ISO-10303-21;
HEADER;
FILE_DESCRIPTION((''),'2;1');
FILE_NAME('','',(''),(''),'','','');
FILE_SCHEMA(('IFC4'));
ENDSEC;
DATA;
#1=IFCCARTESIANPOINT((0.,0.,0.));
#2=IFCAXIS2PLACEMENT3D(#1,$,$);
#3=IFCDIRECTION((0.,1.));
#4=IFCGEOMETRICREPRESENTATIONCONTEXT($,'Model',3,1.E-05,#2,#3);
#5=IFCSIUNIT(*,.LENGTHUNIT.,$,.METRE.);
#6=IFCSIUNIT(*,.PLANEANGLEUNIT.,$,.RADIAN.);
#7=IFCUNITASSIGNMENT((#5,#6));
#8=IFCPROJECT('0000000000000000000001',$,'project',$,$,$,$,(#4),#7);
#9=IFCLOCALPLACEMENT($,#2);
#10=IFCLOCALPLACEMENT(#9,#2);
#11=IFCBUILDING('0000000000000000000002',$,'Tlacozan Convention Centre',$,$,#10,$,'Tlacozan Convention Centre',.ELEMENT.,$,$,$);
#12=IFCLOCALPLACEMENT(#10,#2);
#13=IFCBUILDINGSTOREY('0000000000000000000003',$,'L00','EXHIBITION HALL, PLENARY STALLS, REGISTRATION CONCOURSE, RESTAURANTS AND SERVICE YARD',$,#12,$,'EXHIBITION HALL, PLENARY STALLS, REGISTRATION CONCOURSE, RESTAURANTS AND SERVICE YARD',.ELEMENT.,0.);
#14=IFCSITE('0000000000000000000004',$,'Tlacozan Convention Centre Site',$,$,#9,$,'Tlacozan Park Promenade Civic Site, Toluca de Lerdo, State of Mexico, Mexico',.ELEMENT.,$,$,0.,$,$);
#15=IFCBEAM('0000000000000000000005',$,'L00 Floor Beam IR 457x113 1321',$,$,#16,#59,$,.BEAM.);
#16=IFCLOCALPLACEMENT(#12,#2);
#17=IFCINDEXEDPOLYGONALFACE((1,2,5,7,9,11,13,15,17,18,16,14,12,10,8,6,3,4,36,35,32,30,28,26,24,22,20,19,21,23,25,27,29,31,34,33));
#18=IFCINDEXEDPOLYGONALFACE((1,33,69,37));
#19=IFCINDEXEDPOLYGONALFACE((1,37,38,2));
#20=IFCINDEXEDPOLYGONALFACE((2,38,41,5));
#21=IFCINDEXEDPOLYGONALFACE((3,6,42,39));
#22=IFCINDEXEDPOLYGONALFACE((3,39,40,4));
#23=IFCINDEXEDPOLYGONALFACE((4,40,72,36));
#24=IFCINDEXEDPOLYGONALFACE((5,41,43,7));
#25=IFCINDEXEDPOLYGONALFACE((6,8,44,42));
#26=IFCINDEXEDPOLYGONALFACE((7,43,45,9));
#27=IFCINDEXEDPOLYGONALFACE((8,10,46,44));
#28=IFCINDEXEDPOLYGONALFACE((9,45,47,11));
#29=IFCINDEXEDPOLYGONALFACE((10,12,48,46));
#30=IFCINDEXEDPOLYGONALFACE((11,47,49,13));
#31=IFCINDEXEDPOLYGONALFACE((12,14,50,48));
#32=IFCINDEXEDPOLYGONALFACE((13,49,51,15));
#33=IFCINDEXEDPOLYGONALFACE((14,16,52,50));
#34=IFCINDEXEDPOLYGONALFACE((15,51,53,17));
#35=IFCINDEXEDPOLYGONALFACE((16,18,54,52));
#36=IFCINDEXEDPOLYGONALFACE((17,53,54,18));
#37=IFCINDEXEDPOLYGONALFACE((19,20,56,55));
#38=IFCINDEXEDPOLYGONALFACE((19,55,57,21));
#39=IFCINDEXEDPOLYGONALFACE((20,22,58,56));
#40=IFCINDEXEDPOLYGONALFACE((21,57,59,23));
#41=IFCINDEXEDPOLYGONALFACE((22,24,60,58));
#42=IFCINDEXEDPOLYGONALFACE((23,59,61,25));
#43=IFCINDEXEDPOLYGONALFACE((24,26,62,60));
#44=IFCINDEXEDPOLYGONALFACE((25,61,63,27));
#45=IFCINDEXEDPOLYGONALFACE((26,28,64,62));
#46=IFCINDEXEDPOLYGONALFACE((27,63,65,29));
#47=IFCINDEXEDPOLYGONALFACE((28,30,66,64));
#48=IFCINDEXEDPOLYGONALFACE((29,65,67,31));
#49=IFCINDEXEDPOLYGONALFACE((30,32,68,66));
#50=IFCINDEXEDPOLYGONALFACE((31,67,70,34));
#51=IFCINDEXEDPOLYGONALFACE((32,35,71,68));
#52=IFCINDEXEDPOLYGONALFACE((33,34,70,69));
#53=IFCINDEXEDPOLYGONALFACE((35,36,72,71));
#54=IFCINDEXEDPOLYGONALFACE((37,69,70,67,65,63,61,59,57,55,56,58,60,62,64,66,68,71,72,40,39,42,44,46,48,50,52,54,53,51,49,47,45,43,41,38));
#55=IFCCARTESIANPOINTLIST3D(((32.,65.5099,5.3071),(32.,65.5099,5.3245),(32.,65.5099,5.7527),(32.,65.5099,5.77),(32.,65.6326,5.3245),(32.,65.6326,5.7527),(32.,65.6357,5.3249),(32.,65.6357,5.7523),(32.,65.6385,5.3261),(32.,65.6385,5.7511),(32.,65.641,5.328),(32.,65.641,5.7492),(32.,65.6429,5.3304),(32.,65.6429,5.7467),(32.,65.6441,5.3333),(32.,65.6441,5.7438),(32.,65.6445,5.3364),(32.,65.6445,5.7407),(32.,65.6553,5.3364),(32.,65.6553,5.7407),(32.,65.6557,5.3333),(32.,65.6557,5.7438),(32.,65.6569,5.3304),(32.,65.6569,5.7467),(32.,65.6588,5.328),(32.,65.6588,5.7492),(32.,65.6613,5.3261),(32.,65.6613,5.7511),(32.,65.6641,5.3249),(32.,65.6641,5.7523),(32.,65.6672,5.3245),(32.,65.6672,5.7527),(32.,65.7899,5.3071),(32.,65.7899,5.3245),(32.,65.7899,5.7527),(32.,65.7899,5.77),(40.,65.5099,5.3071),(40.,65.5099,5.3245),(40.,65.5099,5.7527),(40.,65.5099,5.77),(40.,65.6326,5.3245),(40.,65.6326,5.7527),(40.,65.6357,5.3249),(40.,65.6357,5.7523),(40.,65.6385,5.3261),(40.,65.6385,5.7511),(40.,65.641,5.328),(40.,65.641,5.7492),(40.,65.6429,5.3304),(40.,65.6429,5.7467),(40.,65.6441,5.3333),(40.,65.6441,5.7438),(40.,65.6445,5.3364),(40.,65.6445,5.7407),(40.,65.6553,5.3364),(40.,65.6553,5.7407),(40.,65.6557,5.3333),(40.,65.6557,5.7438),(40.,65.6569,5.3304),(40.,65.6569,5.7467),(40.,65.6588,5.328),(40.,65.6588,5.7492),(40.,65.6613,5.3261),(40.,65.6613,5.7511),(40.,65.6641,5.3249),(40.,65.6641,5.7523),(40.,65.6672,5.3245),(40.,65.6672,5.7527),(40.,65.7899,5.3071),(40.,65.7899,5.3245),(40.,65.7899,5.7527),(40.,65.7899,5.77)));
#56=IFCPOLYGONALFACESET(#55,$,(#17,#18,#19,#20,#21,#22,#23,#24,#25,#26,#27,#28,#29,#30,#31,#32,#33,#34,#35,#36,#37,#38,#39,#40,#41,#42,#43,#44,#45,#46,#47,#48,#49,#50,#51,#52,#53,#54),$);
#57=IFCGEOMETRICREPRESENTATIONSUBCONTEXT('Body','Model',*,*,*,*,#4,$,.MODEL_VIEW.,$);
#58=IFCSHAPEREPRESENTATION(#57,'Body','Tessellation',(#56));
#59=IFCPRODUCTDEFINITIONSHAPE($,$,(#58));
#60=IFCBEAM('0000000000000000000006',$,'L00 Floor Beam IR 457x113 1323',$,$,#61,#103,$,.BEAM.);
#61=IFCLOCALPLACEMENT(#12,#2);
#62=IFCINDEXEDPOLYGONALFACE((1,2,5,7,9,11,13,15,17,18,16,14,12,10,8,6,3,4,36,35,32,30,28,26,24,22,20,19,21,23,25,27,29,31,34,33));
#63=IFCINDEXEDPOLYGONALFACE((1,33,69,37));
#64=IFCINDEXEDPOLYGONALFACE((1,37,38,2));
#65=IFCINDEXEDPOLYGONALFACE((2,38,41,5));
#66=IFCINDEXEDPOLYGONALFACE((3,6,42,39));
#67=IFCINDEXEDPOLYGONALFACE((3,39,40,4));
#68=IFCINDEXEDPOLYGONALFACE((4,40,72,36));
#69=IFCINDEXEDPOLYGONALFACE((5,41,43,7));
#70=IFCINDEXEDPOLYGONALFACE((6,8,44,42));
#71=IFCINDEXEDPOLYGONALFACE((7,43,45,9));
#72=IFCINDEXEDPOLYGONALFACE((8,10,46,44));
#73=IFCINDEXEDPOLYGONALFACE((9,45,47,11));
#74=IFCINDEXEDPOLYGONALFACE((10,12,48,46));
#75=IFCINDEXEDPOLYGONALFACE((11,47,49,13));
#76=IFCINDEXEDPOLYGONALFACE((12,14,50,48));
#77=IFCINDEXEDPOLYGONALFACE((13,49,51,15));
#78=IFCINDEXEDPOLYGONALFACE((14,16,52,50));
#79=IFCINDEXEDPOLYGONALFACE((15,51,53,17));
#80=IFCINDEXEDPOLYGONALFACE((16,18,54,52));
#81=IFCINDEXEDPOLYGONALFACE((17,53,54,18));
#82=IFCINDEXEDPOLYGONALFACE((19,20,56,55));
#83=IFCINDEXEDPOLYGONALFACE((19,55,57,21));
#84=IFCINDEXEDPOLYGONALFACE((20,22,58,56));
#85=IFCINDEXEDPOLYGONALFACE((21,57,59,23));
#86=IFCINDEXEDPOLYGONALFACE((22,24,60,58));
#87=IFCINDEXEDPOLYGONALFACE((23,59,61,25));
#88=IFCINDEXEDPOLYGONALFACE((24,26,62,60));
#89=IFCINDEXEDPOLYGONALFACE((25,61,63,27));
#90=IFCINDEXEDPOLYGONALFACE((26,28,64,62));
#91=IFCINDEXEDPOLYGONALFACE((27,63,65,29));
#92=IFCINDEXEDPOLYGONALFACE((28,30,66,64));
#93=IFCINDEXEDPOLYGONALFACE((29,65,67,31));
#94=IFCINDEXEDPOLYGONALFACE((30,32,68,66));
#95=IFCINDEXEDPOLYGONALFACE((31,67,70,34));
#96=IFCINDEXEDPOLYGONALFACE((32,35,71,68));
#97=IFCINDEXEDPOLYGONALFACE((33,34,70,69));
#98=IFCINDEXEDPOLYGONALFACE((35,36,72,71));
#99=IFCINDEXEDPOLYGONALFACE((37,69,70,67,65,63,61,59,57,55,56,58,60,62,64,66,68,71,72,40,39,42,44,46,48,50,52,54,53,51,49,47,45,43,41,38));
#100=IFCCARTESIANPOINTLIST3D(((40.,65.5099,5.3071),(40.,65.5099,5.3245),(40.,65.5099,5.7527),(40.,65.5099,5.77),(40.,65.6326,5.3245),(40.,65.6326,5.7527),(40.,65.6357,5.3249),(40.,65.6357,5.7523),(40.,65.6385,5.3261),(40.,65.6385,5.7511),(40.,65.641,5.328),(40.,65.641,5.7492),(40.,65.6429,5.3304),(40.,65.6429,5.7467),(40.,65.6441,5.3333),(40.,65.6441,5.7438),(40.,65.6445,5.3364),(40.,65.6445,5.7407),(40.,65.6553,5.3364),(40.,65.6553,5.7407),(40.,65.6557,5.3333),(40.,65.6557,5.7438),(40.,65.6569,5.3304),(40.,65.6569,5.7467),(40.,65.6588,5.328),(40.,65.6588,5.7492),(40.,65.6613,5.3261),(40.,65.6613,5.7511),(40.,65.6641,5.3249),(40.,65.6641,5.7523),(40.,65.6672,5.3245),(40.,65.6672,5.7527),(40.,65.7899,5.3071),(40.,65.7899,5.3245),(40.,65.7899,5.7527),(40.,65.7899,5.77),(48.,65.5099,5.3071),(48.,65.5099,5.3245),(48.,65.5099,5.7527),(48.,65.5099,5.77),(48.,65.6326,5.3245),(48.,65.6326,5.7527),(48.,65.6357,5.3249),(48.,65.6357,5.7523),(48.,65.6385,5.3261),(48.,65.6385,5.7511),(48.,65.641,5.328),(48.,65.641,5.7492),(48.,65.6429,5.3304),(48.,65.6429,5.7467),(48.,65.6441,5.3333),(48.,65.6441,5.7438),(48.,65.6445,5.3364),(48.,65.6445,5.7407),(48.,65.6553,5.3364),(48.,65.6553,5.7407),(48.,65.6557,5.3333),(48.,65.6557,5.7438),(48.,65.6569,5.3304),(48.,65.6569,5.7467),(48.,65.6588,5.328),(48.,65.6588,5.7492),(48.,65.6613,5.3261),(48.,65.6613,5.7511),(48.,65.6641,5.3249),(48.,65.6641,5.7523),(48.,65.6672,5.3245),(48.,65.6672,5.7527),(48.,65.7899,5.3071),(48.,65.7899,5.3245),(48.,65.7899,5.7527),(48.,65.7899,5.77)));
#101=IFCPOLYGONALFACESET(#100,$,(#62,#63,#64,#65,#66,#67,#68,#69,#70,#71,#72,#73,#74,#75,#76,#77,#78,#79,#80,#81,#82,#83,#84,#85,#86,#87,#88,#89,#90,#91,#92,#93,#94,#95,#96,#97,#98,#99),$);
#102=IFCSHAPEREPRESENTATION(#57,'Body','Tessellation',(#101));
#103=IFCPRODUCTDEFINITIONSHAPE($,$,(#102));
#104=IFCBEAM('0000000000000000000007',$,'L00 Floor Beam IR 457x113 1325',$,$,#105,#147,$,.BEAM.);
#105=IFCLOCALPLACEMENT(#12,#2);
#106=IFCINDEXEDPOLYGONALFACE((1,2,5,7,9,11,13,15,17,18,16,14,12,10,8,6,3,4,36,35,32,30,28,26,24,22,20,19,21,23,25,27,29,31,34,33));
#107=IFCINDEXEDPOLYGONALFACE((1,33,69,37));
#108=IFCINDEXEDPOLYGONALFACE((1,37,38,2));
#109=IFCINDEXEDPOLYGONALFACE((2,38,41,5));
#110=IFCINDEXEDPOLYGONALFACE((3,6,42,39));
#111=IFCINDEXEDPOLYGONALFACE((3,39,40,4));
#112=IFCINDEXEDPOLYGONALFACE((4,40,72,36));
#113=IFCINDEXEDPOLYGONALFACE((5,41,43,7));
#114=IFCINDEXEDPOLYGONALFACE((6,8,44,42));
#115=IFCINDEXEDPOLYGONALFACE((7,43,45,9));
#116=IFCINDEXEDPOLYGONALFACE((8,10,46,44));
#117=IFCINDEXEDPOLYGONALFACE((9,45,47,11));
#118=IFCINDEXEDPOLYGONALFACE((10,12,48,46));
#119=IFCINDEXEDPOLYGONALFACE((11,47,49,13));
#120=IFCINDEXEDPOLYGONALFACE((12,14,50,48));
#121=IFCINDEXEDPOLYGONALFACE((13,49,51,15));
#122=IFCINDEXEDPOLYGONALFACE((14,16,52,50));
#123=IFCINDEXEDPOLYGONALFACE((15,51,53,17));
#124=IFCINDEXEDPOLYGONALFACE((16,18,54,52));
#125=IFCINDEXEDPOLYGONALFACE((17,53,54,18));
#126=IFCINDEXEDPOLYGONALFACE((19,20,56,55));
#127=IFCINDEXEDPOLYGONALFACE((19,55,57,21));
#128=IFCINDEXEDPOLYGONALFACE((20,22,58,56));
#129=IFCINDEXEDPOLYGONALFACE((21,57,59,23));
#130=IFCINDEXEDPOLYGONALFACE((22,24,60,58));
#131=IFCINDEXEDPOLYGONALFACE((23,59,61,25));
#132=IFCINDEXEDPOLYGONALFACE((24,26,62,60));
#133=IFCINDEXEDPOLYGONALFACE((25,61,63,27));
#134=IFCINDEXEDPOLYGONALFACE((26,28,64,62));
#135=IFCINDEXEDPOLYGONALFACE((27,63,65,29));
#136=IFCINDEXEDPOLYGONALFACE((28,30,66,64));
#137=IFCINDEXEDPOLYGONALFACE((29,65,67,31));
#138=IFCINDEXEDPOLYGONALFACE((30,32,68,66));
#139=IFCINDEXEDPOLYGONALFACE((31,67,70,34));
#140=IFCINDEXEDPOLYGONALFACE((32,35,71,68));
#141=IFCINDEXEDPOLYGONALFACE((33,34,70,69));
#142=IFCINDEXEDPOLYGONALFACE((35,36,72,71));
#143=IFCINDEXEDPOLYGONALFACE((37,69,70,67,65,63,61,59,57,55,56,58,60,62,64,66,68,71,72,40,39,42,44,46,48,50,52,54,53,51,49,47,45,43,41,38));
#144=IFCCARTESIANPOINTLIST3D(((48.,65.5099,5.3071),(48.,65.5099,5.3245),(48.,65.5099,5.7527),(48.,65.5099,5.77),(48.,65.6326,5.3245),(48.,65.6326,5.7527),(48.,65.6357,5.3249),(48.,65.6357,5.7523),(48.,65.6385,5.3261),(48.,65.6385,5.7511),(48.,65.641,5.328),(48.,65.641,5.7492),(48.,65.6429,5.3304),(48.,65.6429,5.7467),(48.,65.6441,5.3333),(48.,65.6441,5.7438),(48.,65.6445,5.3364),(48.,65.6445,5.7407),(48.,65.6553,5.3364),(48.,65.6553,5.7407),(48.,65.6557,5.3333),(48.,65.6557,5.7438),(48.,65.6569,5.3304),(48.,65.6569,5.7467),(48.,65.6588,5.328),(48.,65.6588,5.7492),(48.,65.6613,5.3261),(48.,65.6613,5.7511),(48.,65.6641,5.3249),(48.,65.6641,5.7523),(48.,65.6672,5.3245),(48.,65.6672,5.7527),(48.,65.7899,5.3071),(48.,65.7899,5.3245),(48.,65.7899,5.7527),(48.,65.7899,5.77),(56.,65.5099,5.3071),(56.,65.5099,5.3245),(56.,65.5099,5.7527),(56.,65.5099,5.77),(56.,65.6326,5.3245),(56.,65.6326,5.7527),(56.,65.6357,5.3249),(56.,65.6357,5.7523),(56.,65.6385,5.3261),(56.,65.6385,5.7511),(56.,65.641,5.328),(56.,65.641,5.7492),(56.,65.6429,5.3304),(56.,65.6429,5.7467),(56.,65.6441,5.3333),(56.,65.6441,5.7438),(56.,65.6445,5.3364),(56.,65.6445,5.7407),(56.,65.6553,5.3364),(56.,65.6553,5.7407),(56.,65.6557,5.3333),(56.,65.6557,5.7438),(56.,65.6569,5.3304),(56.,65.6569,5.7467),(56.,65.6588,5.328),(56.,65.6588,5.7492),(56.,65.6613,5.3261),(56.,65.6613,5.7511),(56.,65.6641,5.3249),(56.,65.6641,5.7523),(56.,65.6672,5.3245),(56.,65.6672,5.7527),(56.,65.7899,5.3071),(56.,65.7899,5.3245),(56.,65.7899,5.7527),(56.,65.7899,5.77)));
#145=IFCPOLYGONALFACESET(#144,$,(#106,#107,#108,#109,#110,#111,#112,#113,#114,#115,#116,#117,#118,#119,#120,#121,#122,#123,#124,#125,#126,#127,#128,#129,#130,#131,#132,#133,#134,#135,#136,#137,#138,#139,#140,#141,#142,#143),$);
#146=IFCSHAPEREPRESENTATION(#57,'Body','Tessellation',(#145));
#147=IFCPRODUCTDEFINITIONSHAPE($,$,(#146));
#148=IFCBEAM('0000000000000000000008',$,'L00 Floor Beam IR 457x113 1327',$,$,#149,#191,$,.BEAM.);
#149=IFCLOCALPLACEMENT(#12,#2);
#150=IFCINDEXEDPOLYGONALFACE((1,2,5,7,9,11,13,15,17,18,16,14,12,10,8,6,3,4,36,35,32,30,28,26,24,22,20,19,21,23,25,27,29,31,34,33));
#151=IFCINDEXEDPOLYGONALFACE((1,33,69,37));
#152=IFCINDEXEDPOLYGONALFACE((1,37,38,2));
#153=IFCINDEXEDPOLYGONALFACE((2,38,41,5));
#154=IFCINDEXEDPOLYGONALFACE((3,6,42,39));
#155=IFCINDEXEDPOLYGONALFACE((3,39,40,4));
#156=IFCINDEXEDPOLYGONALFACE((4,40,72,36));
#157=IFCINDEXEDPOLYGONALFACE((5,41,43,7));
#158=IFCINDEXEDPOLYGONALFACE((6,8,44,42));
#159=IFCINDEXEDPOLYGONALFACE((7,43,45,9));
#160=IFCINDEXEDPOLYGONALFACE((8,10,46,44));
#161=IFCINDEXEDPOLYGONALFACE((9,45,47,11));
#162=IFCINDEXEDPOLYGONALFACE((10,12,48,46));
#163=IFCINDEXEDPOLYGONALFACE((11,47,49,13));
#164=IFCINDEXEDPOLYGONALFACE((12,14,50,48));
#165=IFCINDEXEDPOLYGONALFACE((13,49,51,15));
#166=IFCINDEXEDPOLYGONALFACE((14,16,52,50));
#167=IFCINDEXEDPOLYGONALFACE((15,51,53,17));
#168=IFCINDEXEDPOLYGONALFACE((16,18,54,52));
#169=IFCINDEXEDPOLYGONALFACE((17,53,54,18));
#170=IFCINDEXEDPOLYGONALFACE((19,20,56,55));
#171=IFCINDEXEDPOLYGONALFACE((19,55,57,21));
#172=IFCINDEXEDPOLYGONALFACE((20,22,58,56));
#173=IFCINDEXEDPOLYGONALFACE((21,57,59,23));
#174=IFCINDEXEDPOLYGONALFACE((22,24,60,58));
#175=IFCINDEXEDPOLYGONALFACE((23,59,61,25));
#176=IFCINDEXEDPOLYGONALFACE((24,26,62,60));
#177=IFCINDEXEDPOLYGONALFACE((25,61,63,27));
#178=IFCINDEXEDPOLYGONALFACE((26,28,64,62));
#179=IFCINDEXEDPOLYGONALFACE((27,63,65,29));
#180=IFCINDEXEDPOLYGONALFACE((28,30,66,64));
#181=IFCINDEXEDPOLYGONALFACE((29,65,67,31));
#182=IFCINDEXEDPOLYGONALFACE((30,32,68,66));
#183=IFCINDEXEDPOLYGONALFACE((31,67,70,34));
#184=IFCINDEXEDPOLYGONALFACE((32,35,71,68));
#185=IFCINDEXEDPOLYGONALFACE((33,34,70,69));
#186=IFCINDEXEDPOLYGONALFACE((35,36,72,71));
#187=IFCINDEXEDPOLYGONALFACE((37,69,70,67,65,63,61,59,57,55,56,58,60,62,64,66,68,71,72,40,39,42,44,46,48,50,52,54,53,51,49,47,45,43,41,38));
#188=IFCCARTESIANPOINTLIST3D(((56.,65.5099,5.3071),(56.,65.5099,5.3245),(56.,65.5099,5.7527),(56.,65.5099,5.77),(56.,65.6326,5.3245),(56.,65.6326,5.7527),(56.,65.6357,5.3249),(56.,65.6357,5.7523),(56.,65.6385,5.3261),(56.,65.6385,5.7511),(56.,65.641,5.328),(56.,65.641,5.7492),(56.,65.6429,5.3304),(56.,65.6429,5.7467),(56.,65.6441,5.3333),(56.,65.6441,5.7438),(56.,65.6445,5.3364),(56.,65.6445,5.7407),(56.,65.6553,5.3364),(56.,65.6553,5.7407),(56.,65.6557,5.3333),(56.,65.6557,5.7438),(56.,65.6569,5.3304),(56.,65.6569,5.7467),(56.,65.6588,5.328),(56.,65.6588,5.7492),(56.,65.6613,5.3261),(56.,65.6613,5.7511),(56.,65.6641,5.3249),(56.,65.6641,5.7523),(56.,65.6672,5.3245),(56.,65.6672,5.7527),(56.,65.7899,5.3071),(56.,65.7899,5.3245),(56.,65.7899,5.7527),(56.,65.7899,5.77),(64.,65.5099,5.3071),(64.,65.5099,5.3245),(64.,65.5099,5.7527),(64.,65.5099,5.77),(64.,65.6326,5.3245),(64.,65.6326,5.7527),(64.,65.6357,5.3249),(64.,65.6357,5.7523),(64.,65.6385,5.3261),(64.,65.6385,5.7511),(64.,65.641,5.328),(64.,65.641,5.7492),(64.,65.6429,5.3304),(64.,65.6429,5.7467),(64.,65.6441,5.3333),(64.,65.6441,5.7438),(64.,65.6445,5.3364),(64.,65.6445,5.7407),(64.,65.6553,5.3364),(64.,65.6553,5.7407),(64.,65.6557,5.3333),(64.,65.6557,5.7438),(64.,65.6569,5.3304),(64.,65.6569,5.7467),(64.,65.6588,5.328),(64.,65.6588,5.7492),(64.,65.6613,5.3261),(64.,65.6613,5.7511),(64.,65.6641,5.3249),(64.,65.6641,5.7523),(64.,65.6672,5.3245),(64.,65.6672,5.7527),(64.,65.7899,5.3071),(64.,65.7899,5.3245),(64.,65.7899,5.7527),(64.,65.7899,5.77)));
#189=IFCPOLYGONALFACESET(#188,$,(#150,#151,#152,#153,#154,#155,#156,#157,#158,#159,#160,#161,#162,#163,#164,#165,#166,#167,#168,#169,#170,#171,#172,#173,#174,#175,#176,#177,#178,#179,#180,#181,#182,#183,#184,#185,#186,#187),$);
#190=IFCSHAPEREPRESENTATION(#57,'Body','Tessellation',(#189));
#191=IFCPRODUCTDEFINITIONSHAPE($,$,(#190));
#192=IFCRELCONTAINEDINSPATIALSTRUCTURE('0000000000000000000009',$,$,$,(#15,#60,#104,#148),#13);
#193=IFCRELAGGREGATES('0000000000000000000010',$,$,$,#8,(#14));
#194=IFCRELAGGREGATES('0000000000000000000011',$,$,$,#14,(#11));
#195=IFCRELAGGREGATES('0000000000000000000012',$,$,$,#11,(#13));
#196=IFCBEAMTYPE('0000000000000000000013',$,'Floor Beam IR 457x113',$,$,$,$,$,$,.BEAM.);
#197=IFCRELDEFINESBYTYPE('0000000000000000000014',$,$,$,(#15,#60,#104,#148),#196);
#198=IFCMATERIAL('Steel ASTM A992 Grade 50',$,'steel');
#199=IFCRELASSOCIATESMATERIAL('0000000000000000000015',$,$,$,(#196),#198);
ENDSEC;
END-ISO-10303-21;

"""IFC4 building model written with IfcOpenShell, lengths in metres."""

from ifc_helpers import new_model, si_unit, direction, frame, origin, origin_2d, place, context, subcontext, project, spatial, i_section, extrude, material, material_profile, profile_set, type_object, element, save


model = new_model("IFC4")

# Units and contexts
model_context = context("Model", 3, precision=1e-05, world=origin(), true_north=direction((0.0, 1.0)))
body_context = subcontext(model_context, "Body", "Model", "MODEL_VIEW")
ifc_project = project(units=[si_unit("LENGTHUNIT", "METRE"), si_unit("PLANEANGLEUNIT", "RADIAN")], contexts=[model_context])

# Site, building, storey
site_placement = place(None, origin())
site = spatial("IfcSite", under=ifc_project, at=site_placement, Name="Tlacozan Convention Centre Site", LongName="Tlacozan Park Promenade Civic Site, Toluca de Lerdo, State of Mexico, Mexico", CompositionType="ELEMENT", RefElevation=0.0)
building_placement = place(site_placement, origin())
building = spatial("IfcBuilding", under=site, at=building_placement, Name="Tlacozan Convention Centre", LongName="Tlacozan Convention Centre", CompositionType="ELEMENT")
storey_placement = place(building_placement, origin())
storey = spatial("IfcBuildingStorey", under=building, at=storey_placement, Name="L00", Description="EXHIBITION HALL, PLENARY STALLS, REGISTRATION CONCOURSE, RESTAURANTS AND SERVICE YARD", LongName="EXHIBITION HALL, PLENARY STALLS, REGISTRATION CONCOURSE, RESTAURANTS AND SERVICE YARD", CompositionType="ELEMENT", Elevation=0.0)

# Beams
ifc_material_1 = material(Name="Steel ASTM A992 Grade 50", Category="steel")
ifc_material_profile_1 = material_profile(ifc_material_1, i_section(OverallWidth=0.28, OverallDepth=0.4629, WebThickness=0.0107, FlangeThickness=0.0173, FilletRadius=0.012, at=origin_2d()), Name="IR 457x113.0")
ifc_profile_set_1 = profile_set([ifc_material_profile_1], Name="Steel ASTM A992 Grade 50")
beam_type = type_object("IfcBeamType", Name="Floor Beam IR 457x113", PredefinedType="BEAM", material=ifc_profile_set_1)
for number, where, z_axis, x_axis, name in (
    (1, (32.0, 65.6499, 5.5386), (1.0, 0.0, 0.0), (0.0, 1.0, 0.0), "L00 Floor Beam IR 457x113 1321"),
    (2, (40.0, 65.6499, 5.5386), (1.0, 0.0, 0.0), (0.0, 1.0, 0.0), "L00 Floor Beam IR 457x113 1323"),
    (3, (48.0, 65.6499, 5.5386), (1.0, 0.0, 0.0), (0.0, 1.0, 0.0), "L00 Floor Beam IR 457x113 1325"),
    (4, (56.0, 65.6499, 5.5386), (1.0, 0.0, 0.0), (0.0, 1.0, 0.0), "L00 Floor Beam IR 457x113 1327"),
):
    element("IfcBeam", number, at=place(storey_placement, frame(where, z_axis=z_axis, x_axis=x_axis)), inside=storey, type_object=beam_type, Name=name, PredefinedType="BEAM", context=body_context, shape_type="SweptSolid", body=[
        extrude(i_section(OverallWidth=0.28, OverallDepth=0.4629, WebThickness=0.0107, FlangeThickness=0.0173, FilletRadius=0.012, at=origin_2d()), origin(), (0.0, 0.0, 1.0), 8.0),
    ])

save(model, "model.ifc")
